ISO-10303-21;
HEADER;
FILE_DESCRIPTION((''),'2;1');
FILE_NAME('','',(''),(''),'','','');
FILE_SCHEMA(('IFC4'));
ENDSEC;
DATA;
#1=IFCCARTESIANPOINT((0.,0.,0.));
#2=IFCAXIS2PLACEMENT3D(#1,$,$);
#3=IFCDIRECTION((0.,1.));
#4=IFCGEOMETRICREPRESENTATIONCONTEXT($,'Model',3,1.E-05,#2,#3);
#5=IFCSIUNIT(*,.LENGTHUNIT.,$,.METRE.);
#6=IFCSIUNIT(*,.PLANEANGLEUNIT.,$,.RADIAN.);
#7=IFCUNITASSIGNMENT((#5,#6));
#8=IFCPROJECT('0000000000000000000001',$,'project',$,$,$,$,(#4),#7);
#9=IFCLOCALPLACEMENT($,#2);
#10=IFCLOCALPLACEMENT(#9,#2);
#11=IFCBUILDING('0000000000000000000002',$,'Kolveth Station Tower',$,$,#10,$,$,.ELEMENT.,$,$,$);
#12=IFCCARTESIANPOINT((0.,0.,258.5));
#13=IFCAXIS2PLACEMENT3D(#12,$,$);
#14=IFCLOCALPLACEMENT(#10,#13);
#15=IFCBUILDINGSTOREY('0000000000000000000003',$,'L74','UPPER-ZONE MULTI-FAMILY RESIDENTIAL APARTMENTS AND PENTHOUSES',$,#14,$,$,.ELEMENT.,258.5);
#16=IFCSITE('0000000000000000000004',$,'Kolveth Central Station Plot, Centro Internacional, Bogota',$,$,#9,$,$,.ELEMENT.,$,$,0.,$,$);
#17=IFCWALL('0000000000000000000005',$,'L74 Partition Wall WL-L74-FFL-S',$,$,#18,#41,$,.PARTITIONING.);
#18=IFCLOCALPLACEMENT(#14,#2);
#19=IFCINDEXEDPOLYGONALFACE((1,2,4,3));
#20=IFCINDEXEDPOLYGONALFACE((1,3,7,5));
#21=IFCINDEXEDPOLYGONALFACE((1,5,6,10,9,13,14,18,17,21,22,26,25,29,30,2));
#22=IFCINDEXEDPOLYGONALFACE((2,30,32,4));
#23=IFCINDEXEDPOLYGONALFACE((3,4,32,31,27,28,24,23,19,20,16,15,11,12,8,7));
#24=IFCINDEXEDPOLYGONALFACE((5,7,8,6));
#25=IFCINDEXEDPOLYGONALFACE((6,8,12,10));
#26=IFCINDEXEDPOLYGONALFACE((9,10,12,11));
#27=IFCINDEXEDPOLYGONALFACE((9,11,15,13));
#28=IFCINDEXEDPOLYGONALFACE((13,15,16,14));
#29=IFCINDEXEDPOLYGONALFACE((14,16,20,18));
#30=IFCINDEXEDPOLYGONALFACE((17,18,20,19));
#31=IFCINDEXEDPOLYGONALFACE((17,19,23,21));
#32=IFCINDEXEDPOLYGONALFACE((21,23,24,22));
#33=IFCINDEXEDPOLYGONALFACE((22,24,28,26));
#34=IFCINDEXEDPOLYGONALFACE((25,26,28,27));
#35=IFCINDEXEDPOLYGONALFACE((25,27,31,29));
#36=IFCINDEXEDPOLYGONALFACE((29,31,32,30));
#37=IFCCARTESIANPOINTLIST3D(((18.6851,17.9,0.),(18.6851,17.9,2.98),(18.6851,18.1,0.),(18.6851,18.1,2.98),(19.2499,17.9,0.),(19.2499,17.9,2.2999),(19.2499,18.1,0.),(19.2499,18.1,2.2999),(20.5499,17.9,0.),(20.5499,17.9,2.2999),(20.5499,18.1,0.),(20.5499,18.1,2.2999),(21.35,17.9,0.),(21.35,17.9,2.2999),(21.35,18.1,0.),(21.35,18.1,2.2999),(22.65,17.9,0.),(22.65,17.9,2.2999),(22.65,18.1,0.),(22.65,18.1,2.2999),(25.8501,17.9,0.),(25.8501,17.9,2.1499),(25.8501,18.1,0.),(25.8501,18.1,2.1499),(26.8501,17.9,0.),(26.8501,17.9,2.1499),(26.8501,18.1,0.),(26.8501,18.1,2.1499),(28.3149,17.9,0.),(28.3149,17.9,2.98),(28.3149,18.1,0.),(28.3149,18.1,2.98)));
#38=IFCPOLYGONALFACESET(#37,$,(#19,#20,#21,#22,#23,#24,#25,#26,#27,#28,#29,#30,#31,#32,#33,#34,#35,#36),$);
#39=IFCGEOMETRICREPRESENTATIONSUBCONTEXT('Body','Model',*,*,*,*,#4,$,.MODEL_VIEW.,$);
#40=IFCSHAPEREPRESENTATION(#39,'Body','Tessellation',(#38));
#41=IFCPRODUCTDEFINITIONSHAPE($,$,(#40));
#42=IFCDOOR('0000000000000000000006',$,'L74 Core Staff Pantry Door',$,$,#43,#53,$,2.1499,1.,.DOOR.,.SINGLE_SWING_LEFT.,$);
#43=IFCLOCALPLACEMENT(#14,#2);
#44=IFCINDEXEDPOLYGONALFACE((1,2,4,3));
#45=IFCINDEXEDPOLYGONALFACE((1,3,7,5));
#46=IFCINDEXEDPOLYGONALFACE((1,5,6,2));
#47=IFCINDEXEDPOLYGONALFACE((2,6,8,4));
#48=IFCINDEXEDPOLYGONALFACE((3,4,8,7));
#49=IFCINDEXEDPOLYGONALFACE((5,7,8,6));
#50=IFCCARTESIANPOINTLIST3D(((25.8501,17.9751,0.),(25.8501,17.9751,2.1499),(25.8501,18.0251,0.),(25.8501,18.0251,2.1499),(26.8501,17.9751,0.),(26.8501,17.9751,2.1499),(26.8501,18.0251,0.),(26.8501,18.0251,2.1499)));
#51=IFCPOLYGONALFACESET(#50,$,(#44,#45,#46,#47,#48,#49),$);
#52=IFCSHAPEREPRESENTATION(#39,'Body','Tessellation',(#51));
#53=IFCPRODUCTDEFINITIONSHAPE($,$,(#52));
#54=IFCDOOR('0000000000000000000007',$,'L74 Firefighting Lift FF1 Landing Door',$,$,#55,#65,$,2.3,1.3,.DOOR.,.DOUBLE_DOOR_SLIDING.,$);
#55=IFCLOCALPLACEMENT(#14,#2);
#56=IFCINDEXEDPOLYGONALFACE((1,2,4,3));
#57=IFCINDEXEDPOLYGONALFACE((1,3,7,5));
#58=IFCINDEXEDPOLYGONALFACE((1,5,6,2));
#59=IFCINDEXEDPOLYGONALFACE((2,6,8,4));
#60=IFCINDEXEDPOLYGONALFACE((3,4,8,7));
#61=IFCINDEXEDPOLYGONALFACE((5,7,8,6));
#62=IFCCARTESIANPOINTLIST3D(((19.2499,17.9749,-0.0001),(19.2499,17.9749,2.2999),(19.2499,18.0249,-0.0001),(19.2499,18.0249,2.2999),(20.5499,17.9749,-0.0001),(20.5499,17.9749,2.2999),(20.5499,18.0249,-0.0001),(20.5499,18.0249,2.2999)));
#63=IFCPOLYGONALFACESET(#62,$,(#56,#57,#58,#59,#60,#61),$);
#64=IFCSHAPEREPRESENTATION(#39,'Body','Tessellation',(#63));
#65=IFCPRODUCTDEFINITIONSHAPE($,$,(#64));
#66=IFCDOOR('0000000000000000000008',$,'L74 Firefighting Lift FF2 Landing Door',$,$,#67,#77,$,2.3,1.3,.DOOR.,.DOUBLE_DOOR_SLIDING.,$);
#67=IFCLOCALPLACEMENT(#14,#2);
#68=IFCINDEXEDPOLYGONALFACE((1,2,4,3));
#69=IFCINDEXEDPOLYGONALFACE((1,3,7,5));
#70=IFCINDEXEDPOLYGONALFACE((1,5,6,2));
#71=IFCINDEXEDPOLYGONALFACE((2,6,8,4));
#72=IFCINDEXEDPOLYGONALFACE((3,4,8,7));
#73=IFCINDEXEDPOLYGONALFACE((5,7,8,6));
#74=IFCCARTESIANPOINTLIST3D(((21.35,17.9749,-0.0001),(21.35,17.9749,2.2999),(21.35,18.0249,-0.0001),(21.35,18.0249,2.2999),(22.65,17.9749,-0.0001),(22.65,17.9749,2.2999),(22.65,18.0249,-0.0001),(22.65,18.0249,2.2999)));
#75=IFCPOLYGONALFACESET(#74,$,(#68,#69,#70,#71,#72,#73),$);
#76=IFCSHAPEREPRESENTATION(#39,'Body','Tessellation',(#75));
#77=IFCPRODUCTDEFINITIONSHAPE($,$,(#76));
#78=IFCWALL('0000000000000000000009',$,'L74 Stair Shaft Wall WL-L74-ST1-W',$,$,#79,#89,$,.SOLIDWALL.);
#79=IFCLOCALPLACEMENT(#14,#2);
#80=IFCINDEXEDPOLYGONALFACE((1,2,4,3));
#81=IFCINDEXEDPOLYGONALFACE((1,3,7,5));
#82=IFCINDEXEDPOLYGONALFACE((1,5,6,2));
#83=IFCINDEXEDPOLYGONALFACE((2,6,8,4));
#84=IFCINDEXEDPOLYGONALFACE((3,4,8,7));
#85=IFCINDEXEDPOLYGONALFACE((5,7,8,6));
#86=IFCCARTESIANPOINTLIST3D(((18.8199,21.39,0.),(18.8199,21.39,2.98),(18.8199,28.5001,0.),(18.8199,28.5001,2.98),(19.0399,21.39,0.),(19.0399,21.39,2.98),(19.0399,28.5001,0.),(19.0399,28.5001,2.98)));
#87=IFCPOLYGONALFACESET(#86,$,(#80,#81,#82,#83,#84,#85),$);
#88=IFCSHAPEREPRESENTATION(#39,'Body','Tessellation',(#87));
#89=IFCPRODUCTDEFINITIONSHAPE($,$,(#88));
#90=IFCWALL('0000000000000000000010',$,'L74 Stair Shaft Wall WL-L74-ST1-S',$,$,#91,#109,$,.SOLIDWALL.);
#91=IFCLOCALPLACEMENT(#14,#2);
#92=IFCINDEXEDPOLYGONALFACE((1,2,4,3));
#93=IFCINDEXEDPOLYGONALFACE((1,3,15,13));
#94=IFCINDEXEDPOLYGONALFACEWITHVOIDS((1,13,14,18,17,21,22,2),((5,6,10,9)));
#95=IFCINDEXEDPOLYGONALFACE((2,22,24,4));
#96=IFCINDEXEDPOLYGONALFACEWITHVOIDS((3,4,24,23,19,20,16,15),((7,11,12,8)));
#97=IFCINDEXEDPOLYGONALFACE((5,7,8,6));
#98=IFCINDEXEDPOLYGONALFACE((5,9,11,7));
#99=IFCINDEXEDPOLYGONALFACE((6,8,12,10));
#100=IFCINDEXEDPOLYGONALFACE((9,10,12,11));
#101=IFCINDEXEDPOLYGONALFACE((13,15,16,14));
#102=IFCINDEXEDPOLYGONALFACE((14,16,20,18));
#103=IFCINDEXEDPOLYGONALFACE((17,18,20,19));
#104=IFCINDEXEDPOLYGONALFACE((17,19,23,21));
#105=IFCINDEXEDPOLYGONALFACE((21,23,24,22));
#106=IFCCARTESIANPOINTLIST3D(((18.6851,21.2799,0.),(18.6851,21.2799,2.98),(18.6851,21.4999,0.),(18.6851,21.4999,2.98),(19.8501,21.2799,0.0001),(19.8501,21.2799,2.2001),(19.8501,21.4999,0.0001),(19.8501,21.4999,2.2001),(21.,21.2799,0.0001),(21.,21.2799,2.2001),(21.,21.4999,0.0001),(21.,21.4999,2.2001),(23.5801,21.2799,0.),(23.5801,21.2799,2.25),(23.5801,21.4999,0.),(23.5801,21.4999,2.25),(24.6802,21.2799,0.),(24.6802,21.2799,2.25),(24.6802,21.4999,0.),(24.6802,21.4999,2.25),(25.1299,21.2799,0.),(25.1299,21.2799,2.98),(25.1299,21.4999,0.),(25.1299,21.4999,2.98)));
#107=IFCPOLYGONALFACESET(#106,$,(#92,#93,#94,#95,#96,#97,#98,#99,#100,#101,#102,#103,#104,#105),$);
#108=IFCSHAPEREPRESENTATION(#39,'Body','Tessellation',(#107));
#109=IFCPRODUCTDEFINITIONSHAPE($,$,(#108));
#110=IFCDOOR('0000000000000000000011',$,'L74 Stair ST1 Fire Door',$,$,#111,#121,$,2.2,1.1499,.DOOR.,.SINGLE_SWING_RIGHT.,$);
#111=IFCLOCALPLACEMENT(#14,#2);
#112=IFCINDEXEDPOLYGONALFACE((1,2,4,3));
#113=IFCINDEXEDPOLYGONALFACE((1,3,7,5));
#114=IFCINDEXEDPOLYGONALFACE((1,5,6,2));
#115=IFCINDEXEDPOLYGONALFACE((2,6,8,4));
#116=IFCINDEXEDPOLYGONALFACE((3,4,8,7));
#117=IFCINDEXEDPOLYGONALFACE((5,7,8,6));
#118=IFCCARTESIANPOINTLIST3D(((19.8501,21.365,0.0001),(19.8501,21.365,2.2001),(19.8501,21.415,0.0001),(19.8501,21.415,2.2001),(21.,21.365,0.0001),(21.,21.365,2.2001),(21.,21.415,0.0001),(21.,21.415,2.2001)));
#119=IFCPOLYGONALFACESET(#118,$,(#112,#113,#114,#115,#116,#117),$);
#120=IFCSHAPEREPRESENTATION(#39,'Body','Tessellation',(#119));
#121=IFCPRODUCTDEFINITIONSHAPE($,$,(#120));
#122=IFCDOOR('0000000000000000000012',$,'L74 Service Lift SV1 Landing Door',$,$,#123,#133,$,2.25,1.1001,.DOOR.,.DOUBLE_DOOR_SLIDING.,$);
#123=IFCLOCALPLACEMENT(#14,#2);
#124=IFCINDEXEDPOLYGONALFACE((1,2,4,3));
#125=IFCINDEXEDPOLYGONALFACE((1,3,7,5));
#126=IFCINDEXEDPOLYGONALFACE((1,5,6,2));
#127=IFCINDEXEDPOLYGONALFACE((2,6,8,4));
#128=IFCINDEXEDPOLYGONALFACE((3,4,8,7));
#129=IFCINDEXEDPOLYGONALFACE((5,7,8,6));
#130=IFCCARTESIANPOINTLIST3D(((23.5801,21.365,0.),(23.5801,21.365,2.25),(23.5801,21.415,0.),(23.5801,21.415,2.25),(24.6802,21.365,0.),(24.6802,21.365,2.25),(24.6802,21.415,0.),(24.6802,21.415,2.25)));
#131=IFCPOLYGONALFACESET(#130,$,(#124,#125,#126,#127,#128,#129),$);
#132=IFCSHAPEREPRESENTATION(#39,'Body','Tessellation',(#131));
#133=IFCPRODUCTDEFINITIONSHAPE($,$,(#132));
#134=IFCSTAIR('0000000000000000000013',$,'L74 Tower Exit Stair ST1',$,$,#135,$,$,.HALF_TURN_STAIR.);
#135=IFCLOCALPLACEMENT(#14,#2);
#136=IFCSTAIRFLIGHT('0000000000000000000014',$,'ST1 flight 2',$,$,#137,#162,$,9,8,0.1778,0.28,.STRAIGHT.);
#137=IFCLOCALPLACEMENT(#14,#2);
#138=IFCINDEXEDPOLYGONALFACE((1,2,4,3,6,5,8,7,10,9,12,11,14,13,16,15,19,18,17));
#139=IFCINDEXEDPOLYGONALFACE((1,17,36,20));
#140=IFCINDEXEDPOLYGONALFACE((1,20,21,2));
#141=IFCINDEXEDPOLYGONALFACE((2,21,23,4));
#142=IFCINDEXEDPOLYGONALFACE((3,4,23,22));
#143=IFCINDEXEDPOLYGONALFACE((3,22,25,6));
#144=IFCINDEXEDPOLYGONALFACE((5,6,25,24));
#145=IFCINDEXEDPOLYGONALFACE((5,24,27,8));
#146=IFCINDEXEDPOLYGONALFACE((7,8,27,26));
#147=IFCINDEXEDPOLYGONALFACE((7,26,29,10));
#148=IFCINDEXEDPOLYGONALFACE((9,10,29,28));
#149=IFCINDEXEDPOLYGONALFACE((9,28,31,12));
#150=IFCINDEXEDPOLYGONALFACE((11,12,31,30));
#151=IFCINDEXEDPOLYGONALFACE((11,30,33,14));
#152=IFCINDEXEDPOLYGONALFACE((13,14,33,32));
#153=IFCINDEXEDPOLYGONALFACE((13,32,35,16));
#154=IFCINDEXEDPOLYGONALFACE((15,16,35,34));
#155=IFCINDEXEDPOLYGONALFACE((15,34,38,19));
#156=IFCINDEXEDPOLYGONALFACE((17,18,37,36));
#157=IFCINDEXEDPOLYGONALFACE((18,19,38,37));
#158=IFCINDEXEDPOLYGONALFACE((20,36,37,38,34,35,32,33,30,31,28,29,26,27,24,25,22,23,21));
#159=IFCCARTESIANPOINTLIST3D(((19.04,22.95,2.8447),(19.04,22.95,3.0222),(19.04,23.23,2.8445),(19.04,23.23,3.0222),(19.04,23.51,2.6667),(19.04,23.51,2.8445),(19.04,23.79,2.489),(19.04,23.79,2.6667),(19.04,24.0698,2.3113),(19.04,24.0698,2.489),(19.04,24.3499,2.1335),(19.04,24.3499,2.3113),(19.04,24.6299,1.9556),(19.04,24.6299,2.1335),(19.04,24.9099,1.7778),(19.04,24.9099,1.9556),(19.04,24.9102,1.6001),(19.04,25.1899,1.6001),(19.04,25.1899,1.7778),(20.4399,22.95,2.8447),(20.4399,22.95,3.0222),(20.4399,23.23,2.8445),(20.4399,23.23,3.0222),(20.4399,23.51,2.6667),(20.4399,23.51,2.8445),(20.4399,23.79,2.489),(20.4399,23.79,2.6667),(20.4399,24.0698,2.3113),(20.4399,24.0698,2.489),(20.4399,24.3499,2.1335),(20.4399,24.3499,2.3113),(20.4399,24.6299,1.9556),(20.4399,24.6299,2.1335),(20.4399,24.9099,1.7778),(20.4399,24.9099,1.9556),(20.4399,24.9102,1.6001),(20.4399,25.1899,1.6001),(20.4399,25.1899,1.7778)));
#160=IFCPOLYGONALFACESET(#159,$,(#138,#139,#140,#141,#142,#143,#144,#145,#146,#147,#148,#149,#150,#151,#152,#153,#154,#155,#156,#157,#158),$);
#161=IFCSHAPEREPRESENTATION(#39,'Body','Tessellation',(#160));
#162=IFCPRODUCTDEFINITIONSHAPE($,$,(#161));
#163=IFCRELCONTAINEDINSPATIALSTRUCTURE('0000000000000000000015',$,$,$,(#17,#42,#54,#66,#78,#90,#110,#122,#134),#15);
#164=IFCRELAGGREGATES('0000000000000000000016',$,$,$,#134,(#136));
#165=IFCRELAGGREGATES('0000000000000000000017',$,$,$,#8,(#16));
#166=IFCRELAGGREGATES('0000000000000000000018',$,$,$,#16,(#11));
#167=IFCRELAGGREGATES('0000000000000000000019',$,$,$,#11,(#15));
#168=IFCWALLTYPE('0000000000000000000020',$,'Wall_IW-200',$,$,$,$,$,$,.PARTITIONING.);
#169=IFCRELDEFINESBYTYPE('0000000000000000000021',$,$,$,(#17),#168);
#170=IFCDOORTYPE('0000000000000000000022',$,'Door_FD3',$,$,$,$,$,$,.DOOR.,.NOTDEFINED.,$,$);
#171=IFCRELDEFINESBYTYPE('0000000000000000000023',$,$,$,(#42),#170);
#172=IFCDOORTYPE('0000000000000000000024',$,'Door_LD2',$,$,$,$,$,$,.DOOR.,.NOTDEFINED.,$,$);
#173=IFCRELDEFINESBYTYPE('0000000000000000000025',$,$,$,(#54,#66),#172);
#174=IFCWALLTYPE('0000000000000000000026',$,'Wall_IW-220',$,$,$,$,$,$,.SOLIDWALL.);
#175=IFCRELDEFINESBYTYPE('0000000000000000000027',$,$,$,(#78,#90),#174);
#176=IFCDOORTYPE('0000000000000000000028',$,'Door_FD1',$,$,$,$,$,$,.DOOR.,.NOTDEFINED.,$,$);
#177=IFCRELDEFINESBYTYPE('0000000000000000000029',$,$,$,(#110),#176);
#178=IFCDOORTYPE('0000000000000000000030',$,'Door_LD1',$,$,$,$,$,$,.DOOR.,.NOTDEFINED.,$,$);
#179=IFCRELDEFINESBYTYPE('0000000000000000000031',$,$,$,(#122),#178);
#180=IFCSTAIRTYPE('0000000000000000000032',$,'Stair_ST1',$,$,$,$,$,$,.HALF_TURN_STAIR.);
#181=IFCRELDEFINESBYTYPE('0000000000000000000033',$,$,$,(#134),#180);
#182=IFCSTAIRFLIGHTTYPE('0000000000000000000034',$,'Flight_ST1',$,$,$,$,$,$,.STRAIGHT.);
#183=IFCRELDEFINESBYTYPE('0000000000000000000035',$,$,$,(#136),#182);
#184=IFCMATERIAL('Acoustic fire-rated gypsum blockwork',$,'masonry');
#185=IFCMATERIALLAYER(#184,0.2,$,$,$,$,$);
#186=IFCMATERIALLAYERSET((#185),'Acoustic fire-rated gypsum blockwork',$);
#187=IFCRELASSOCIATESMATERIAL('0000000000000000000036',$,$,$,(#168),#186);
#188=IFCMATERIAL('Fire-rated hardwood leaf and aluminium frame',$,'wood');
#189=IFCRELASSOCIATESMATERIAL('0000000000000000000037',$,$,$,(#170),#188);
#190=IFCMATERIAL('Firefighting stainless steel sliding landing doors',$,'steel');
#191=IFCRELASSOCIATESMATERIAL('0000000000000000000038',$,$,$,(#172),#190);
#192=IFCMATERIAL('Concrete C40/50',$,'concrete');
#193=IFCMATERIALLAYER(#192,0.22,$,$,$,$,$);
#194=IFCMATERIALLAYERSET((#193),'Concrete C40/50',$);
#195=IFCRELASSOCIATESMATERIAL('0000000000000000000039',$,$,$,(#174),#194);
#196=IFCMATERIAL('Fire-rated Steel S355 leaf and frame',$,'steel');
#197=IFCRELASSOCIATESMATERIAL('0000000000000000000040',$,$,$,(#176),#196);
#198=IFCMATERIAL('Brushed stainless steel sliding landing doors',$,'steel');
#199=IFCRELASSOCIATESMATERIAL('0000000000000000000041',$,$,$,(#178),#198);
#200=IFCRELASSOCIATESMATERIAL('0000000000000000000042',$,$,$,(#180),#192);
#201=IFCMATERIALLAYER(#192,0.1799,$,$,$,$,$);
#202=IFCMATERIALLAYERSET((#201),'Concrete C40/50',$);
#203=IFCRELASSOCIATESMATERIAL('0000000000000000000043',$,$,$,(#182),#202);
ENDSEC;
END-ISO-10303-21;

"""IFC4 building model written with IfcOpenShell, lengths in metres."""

from ifc_helpers import new_model, si_unit, direction, frame, frame_2d, origin, place, context, subcontext, project, spatial, polyline, rectangle, outline, extrude, material, layer, layer_set, type_object, element, fill, aggregate, save


model = new_model("IFC4")

# Units and contexts
model_context = context("Model", 3, precision=1e-05, world=origin(), true_north=direction((0.0, 1.0)))
body_context = subcontext(model_context, "Body", "Model", "MODEL_VIEW")
ifc_project = project(units=[si_unit("LENGTHUNIT", "METRE"), si_unit("PLANEANGLEUNIT", "RADIAN")], contexts=[model_context])

# Site, building, storey
site_placement = place(None, origin())
site = spatial("IfcSite", under=ifc_project, at=site_placement, Name="Kolveth Central Station Plot, Centro Internacional, Bogota", CompositionType="ELEMENT", RefElevation=0.0)
building_placement = place(site_placement, origin())
building = spatial("IfcBuilding", under=site, at=building_placement, Name="Kolveth Station Tower", CompositionType="ELEMENT")
storey_placement = place(building_placement, frame((0.0, 0.0, 258.5)))
storey = spatial("IfcBuildingStorey", under=building, at=storey_placement, Name="L74", Description="UPPER-ZONE MULTI-FAMILY RESIDENTIAL APARTMENTS AND PENTHOUSES", CompositionType="ELEMENT", Elevation=258.5)

# Wall, openings, doors
ifc_material_1 = material(Name="Acoustic fire-rated gypsum blockwork", Category="masonry")
ifc_layer_1 = layer(ifc_material_1, 0.2)
ifc_layer_set_1 = layer_set([ifc_layer_1], Name="Acoustic fire-rated gypsum blockwork")
wall_type_1 = type_object("IfcWallType", Name="Wall_IW-200", PredefinedType="PARTITIONING", material=ifc_layer_set_1)
wall_1_placement = place(storey_placement, frame((18.6851, 18.0, 0.0), z_axis=(0.0, 0.0, 1.0), x_axis=(1.0, 0.0, 0.0)))
wall_1 = element("IfcWall", 1, at=wall_1_placement, inside=storey, type_object=wall_type_1, Name="L74 Partition Wall WL-L74-FFL-S", PredefinedType="PARTITIONING", context=body_context, shape_type="SweptSolid", body=[
    extrude(rectangle(XDim=9.6299, YDim=0.2, at=frame_2d((4.8149, 0.0))), origin(), (0.0, 0.0, 1.0), 2.98),
])
opening_1_placement = place(wall_1_placement, frame((0.5649, 0.0, 0.0)))
opening_1 = element("IfcOpeningElement", 2, at=opening_1_placement, cuts=wall_1, PredefinedType="OPENING", context=body_context, shape_type="SweptSolid", body=[
    extrude(rectangle(XDim=1.3, YDim=2.3, at=frame_2d((0.6499, 1.1499))), frame((0.0, 0.1099, 0.0), z_axis=(0.0, -1.0, 0.0), x_axis=(1.0, 0.0, 0.0)), (0.0, 0.0, 1.0), 0.22),
])
opening_2_placement = place(wall_1_placement, frame((2.665, 0.0, 0.0)))
opening_2 = element("IfcOpeningElement", 3, at=opening_2_placement, cuts=wall_1, PredefinedType="OPENING", context=body_context, shape_type="SweptSolid", body=[
    extrude(rectangle(XDim=1.3, YDim=2.3, at=frame_2d((0.6499, 1.1499))), frame((0.0, 0.1099, 0.0), z_axis=(0.0, -1.0, 0.0), x_axis=(1.0, 0.0, 0.0)), (0.0, 0.0, 1.0), 0.22),
])
opening_3_placement = place(wall_1_placement, frame((7.165, 0.0, 0.0)))
opening_3 = element("IfcOpeningElement", 4, at=opening_3_placement, cuts=wall_1, PredefinedType="OPENING", context=body_context, shape_type="SweptSolid", body=[
    extrude(rectangle(XDim=1.0, YDim=2.1499, at=frame_2d((0.5, 1.075))), frame((0.0, 0.1099, 0.0), z_axis=(0.0, -1.0, 0.0), x_axis=(1.0, 0.0, 0.0)), (0.0, 0.0, 1.0), 0.22),
])
ifc_material_2 = material(Name="Fire-rated hardwood leaf and aluminium frame", Category="wood")
door_type_1 = type_object("IfcDoorType", Name="Door_FD3", OperationType="NOTDEFINED", PredefinedType="DOOR", material=ifc_material_2)
door_1_placement = place(opening_3_placement, frame((1.0, 0.0, 0.0), z_axis=(0.0, 0.0, 1.0), x_axis=(-1.0, 0.0, 0.0)))
door_1 = element("IfcDoor", 5, at=door_1_placement, inside=storey, type_object=door_type_1, Name="L74 Core Staff Pantry Door", OperationType="SINGLE_SWING_LEFT", OverallHeight=2.1499, OverallWidth=1.0, PredefinedType="DOOR", context=body_context, shape_type="SweptSolid", body=[
    extrude(rectangle(XDim=1.0, YDim=2.1499, at=frame_2d((0.5, 1.075))), frame((0.0, 0.0249, 0.0), z_axis=(0.0, -1.0, 0.0), x_axis=(1.0, 0.0, 0.0)), (0.0, 0.0, 1.0), 0.05),
])
fill(opening_3, door_1)
ifc_material_3 = material(Name="Firefighting stainless steel sliding landing doors", Category="steel")
door_type_2 = type_object("IfcDoorType", Name="Door_LD2", OperationType="NOTDEFINED", PredefinedType="DOOR", material=ifc_material_3)
door_2_placement = place(opening_1_placement, origin())
door_2 = element("IfcDoor", 6, at=door_2_placement, inside=storey, type_object=door_type_2, Name="L74 Firefighting Lift FF1 Landing Door", OperationType="DOUBLE_DOOR_SLIDING", OverallHeight=2.3, OverallWidth=1.3, PredefinedType="DOOR", context=body_context, shape_type="SweptSolid", body=[
    extrude(rectangle(XDim=1.3, YDim=2.3, at=frame_2d((0.6499, 1.1499))), frame((0.0, 0.0249, 0.0), z_axis=(0.0, -1.0, 0.0), x_axis=(1.0, 0.0, 0.0)), (0.0, 0.0, 1.0), 0.05),
])
fill(opening_1, door_2)
door_3_placement = place(opening_2_placement, origin())
door_3 = element("IfcDoor", 7, at=door_3_placement, inside=storey, type_object=door_type_2, Name="L74 Firefighting Lift FF2 Landing Door", OperationType="DOUBLE_DOOR_SLIDING", OverallHeight=2.3, OverallWidth=1.3, PredefinedType="DOOR", context=body_context, shape_type="SweptSolid", body=[
    extrude(rectangle(XDim=1.3, YDim=2.3, at=frame_2d((0.6499, 1.1499))), frame((0.0, 0.0249, 0.0), z_axis=(0.0, -1.0, 0.0), x_axis=(1.0, 0.0, 0.0)), (0.0, 0.0, 1.0), 0.05),
])
fill(opening_2, door_3)

# Wall
ifc_material_4 = material(Name="Concrete C40/50", Category="concrete")
ifc_layer_2 = layer(ifc_material_4, 0.22)
ifc_layer_set_2 = layer_set([ifc_layer_2], Name="Concrete C40/50")
wall_type_2 = type_object("IfcWallType", Name="Wall_IW-220", PredefinedType="SOLIDWALL", material=ifc_layer_set_2)
wall_2_placement = place(storey_placement, frame((18.9299, 21.3899, 0.0), z_axis=(0.0, 0.0, 1.0), x_axis=(0.0, 1.0, 0.0)))
element("IfcWall", 8, at=wall_2_placement, inside=storey, type_object=wall_type_2, Name="L74 Stair Shaft Wall WL-L74-ST1-W", PredefinedType="SOLIDWALL", context=body_context, shape_type="SweptSolid", body=[
    extrude(rectangle(XDim=7.1101, YDim=0.22, at=frame_2d((3.5552, 0.0))), origin(), (0.0, 0.0, 1.0), 2.98),
])

# Wall, openings, doors
wall_3_placement = place(storey_placement, frame((18.6851, 21.3899, 0.0), z_axis=(0.0, 0.0, 1.0), x_axis=(1.0, 0.0, 0.0)))
wall_3 = element("IfcWall", 9, at=wall_3_placement, inside=storey, type_object=wall_type_2, Name="L74 Stair Shaft Wall WL-L74-ST1-S", PredefinedType="SOLIDWALL", context=body_context, shape_type="SweptSolid", body=[
    extrude(rectangle(XDim=6.4448, YDim=0.22, at=frame_2d((3.2224, 0.0))), origin(), (0.0, 0.0, 1.0), 2.98),
])
opening_4_placement = place(wall_3_placement, frame((1.165, 0.0, 0.0)))
opening_4 = element("IfcOpeningElement", 10, at=opening_4_placement, cuts=wall_3, PredefinedType="OPENING", context=body_context, shape_type="SweptSolid", body=[
    extrude(rectangle(XDim=1.1499, YDim=2.2, at=frame_2d((0.575, 1.1001))), frame((0.0, 0.1199, 0.0), z_axis=(0.0, -1.0, 0.0), x_axis=(1.0, 0.0, 0.0)), (0.0, 0.0, 1.0), 0.24),
])
opening_5_placement = place(wall_3_placement, frame((4.895, 0.0, 0.0)))
opening_5 = element("IfcOpeningElement", 11, at=opening_5_placement, cuts=wall_3, PredefinedType="OPENING", context=body_context, shape_type="SweptSolid", body=[
    extrude(rectangle(XDim=1.1001, YDim=2.25, at=frame_2d((0.55, 1.125))), frame((0.0, 0.1199, 0.0), z_axis=(0.0, -1.0, 0.0), x_axis=(1.0, 0.0, 0.0)), (0.0, 0.0, 1.0), 0.24),
])
ifc_material_5 = material(Name="Fire-rated Steel S355 leaf and frame", Category="steel")
door_type_3 = type_object("IfcDoorType", Name="Door_FD1", OperationType="NOTDEFINED", PredefinedType="DOOR", material=ifc_material_5)
door_4_placement = place(opening_4_placement, frame((1.1499, 0.0, 0.0), z_axis=(0.0, 0.0, 1.0), x_axis=(-1.0, 0.0, 0.0)))
door_4 = element("IfcDoor", 12, at=door_4_placement, inside=storey, type_object=door_type_3, Name="L74 Stair ST1 Fire Door", OperationType="SINGLE_SWING_RIGHT", OverallHeight=2.2, OverallWidth=1.1499, PredefinedType="DOOR", context=body_context, shape_type="SweptSolid", body=[
    extrude(rectangle(XDim=1.1499, YDim=2.2, at=frame_2d((0.575, 1.1001))), frame((0.0, 0.0249, 0.0), z_axis=(0.0, -1.0, 0.0), x_axis=(1.0, 0.0, 0.0)), (0.0, 0.0, 1.0), 0.05),
])
fill(opening_4, door_4)
ifc_material_6 = material(Name="Brushed stainless steel sliding landing doors", Category="steel")
door_type_4 = type_object("IfcDoorType", Name="Door_LD1", OperationType="NOTDEFINED", PredefinedType="DOOR", material=ifc_material_6)
door_5_placement = place(opening_5_placement, frame((1.1001, 0.0, 0.0), z_axis=(0.0, 0.0, 1.0), x_axis=(-1.0, 0.0, 0.0)))
door_5 = element("IfcDoor", 13, at=door_5_placement, inside=storey, type_object=door_type_4, Name="L74 Service Lift SV1 Landing Door", OperationType="DOUBLE_DOOR_SLIDING", OverallHeight=2.25, OverallWidth=1.1001, PredefinedType="DOOR", context=body_context, shape_type="SweptSolid", body=[
    extrude(rectangle(XDim=1.1001, YDim=2.25, at=frame_2d((0.55, 1.125))), frame((0.0, 0.0249, 0.0), z_axis=(0.0, -1.0, 0.0), x_axis=(1.0, 0.0, 0.0)), (0.0, 0.0, 1.0), 0.05),
])
fill(opening_5, door_5)

# Stair, stair flight
stair_type = type_object("IfcStairType", Name="Stair_ST1", PredefinedType="HALF_TURN_STAIR", material=ifc_material_4)
stair_placement = place(storey_placement, origin())
stair = element("IfcStair", 14, at=stair_placement, inside=storey, type_object=stair_type, Name="L74 Tower Exit Stair ST1", PredefinedType="HALF_TURN_STAIR")
ifc_layer_3 = layer(ifc_material_4, 0.1799)
ifc_layer_set_3 = layer_set([ifc_layer_3], Name="Concrete C40/50")
stair_flight_type = type_object("IfcStairFlightType", Name="Flight_ST1", PredefinedType="STRAIGHT", material=ifc_layer_set_3)
stair_flight_placement = place(storey_placement, frame((19.74, 25.1899, 1.6001), z_axis=(0.0, 0.0, 1.0), x_axis=(0.0, -1.0, 0.0)))
stair_flight = element("IfcStairFlight", 15, at=stair_flight_placement, type_object=stair_flight_type, Name="ST1 flight 2", NumberOfRisers=9, NumberOfTreads=8, PredefinedType="STRAIGHT", RiserHeight=0.1778, TreadLength=0.28, context=body_context, shape_type="SweptSolid", body=[
    extrude(outline(polyline([(0.0, 0.0), (0.0, 0.1777), (0.28, 0.1777), (0.28, 0.3555), (0.5601, 0.3555), (0.5601, 0.5334), (0.8401, 0.5334), (0.8401, 0.7112), (1.1201, 0.7112), (1.1201, 0.8889), (1.3999, 0.8889), (1.3999, 1.0667), (1.6799, 1.0667), (1.6799, 1.2444), (1.96, 1.2444), (1.96, 1.4221), (2.24, 1.4221), (2.24, 1.6001), (2.24, 1.2446), (0.2798, 0.0), (0.0, 0.0)])), frame((0.0, 0.7, 0.0), z_axis=(0.0, -1.0, 0.0), x_axis=(1.0, 0.0, 0.0)), (0.0, 0.0, 1.0), 1.3999),
])
aggregate(stair, [stair_flight])

save(model, "model.ifc")
